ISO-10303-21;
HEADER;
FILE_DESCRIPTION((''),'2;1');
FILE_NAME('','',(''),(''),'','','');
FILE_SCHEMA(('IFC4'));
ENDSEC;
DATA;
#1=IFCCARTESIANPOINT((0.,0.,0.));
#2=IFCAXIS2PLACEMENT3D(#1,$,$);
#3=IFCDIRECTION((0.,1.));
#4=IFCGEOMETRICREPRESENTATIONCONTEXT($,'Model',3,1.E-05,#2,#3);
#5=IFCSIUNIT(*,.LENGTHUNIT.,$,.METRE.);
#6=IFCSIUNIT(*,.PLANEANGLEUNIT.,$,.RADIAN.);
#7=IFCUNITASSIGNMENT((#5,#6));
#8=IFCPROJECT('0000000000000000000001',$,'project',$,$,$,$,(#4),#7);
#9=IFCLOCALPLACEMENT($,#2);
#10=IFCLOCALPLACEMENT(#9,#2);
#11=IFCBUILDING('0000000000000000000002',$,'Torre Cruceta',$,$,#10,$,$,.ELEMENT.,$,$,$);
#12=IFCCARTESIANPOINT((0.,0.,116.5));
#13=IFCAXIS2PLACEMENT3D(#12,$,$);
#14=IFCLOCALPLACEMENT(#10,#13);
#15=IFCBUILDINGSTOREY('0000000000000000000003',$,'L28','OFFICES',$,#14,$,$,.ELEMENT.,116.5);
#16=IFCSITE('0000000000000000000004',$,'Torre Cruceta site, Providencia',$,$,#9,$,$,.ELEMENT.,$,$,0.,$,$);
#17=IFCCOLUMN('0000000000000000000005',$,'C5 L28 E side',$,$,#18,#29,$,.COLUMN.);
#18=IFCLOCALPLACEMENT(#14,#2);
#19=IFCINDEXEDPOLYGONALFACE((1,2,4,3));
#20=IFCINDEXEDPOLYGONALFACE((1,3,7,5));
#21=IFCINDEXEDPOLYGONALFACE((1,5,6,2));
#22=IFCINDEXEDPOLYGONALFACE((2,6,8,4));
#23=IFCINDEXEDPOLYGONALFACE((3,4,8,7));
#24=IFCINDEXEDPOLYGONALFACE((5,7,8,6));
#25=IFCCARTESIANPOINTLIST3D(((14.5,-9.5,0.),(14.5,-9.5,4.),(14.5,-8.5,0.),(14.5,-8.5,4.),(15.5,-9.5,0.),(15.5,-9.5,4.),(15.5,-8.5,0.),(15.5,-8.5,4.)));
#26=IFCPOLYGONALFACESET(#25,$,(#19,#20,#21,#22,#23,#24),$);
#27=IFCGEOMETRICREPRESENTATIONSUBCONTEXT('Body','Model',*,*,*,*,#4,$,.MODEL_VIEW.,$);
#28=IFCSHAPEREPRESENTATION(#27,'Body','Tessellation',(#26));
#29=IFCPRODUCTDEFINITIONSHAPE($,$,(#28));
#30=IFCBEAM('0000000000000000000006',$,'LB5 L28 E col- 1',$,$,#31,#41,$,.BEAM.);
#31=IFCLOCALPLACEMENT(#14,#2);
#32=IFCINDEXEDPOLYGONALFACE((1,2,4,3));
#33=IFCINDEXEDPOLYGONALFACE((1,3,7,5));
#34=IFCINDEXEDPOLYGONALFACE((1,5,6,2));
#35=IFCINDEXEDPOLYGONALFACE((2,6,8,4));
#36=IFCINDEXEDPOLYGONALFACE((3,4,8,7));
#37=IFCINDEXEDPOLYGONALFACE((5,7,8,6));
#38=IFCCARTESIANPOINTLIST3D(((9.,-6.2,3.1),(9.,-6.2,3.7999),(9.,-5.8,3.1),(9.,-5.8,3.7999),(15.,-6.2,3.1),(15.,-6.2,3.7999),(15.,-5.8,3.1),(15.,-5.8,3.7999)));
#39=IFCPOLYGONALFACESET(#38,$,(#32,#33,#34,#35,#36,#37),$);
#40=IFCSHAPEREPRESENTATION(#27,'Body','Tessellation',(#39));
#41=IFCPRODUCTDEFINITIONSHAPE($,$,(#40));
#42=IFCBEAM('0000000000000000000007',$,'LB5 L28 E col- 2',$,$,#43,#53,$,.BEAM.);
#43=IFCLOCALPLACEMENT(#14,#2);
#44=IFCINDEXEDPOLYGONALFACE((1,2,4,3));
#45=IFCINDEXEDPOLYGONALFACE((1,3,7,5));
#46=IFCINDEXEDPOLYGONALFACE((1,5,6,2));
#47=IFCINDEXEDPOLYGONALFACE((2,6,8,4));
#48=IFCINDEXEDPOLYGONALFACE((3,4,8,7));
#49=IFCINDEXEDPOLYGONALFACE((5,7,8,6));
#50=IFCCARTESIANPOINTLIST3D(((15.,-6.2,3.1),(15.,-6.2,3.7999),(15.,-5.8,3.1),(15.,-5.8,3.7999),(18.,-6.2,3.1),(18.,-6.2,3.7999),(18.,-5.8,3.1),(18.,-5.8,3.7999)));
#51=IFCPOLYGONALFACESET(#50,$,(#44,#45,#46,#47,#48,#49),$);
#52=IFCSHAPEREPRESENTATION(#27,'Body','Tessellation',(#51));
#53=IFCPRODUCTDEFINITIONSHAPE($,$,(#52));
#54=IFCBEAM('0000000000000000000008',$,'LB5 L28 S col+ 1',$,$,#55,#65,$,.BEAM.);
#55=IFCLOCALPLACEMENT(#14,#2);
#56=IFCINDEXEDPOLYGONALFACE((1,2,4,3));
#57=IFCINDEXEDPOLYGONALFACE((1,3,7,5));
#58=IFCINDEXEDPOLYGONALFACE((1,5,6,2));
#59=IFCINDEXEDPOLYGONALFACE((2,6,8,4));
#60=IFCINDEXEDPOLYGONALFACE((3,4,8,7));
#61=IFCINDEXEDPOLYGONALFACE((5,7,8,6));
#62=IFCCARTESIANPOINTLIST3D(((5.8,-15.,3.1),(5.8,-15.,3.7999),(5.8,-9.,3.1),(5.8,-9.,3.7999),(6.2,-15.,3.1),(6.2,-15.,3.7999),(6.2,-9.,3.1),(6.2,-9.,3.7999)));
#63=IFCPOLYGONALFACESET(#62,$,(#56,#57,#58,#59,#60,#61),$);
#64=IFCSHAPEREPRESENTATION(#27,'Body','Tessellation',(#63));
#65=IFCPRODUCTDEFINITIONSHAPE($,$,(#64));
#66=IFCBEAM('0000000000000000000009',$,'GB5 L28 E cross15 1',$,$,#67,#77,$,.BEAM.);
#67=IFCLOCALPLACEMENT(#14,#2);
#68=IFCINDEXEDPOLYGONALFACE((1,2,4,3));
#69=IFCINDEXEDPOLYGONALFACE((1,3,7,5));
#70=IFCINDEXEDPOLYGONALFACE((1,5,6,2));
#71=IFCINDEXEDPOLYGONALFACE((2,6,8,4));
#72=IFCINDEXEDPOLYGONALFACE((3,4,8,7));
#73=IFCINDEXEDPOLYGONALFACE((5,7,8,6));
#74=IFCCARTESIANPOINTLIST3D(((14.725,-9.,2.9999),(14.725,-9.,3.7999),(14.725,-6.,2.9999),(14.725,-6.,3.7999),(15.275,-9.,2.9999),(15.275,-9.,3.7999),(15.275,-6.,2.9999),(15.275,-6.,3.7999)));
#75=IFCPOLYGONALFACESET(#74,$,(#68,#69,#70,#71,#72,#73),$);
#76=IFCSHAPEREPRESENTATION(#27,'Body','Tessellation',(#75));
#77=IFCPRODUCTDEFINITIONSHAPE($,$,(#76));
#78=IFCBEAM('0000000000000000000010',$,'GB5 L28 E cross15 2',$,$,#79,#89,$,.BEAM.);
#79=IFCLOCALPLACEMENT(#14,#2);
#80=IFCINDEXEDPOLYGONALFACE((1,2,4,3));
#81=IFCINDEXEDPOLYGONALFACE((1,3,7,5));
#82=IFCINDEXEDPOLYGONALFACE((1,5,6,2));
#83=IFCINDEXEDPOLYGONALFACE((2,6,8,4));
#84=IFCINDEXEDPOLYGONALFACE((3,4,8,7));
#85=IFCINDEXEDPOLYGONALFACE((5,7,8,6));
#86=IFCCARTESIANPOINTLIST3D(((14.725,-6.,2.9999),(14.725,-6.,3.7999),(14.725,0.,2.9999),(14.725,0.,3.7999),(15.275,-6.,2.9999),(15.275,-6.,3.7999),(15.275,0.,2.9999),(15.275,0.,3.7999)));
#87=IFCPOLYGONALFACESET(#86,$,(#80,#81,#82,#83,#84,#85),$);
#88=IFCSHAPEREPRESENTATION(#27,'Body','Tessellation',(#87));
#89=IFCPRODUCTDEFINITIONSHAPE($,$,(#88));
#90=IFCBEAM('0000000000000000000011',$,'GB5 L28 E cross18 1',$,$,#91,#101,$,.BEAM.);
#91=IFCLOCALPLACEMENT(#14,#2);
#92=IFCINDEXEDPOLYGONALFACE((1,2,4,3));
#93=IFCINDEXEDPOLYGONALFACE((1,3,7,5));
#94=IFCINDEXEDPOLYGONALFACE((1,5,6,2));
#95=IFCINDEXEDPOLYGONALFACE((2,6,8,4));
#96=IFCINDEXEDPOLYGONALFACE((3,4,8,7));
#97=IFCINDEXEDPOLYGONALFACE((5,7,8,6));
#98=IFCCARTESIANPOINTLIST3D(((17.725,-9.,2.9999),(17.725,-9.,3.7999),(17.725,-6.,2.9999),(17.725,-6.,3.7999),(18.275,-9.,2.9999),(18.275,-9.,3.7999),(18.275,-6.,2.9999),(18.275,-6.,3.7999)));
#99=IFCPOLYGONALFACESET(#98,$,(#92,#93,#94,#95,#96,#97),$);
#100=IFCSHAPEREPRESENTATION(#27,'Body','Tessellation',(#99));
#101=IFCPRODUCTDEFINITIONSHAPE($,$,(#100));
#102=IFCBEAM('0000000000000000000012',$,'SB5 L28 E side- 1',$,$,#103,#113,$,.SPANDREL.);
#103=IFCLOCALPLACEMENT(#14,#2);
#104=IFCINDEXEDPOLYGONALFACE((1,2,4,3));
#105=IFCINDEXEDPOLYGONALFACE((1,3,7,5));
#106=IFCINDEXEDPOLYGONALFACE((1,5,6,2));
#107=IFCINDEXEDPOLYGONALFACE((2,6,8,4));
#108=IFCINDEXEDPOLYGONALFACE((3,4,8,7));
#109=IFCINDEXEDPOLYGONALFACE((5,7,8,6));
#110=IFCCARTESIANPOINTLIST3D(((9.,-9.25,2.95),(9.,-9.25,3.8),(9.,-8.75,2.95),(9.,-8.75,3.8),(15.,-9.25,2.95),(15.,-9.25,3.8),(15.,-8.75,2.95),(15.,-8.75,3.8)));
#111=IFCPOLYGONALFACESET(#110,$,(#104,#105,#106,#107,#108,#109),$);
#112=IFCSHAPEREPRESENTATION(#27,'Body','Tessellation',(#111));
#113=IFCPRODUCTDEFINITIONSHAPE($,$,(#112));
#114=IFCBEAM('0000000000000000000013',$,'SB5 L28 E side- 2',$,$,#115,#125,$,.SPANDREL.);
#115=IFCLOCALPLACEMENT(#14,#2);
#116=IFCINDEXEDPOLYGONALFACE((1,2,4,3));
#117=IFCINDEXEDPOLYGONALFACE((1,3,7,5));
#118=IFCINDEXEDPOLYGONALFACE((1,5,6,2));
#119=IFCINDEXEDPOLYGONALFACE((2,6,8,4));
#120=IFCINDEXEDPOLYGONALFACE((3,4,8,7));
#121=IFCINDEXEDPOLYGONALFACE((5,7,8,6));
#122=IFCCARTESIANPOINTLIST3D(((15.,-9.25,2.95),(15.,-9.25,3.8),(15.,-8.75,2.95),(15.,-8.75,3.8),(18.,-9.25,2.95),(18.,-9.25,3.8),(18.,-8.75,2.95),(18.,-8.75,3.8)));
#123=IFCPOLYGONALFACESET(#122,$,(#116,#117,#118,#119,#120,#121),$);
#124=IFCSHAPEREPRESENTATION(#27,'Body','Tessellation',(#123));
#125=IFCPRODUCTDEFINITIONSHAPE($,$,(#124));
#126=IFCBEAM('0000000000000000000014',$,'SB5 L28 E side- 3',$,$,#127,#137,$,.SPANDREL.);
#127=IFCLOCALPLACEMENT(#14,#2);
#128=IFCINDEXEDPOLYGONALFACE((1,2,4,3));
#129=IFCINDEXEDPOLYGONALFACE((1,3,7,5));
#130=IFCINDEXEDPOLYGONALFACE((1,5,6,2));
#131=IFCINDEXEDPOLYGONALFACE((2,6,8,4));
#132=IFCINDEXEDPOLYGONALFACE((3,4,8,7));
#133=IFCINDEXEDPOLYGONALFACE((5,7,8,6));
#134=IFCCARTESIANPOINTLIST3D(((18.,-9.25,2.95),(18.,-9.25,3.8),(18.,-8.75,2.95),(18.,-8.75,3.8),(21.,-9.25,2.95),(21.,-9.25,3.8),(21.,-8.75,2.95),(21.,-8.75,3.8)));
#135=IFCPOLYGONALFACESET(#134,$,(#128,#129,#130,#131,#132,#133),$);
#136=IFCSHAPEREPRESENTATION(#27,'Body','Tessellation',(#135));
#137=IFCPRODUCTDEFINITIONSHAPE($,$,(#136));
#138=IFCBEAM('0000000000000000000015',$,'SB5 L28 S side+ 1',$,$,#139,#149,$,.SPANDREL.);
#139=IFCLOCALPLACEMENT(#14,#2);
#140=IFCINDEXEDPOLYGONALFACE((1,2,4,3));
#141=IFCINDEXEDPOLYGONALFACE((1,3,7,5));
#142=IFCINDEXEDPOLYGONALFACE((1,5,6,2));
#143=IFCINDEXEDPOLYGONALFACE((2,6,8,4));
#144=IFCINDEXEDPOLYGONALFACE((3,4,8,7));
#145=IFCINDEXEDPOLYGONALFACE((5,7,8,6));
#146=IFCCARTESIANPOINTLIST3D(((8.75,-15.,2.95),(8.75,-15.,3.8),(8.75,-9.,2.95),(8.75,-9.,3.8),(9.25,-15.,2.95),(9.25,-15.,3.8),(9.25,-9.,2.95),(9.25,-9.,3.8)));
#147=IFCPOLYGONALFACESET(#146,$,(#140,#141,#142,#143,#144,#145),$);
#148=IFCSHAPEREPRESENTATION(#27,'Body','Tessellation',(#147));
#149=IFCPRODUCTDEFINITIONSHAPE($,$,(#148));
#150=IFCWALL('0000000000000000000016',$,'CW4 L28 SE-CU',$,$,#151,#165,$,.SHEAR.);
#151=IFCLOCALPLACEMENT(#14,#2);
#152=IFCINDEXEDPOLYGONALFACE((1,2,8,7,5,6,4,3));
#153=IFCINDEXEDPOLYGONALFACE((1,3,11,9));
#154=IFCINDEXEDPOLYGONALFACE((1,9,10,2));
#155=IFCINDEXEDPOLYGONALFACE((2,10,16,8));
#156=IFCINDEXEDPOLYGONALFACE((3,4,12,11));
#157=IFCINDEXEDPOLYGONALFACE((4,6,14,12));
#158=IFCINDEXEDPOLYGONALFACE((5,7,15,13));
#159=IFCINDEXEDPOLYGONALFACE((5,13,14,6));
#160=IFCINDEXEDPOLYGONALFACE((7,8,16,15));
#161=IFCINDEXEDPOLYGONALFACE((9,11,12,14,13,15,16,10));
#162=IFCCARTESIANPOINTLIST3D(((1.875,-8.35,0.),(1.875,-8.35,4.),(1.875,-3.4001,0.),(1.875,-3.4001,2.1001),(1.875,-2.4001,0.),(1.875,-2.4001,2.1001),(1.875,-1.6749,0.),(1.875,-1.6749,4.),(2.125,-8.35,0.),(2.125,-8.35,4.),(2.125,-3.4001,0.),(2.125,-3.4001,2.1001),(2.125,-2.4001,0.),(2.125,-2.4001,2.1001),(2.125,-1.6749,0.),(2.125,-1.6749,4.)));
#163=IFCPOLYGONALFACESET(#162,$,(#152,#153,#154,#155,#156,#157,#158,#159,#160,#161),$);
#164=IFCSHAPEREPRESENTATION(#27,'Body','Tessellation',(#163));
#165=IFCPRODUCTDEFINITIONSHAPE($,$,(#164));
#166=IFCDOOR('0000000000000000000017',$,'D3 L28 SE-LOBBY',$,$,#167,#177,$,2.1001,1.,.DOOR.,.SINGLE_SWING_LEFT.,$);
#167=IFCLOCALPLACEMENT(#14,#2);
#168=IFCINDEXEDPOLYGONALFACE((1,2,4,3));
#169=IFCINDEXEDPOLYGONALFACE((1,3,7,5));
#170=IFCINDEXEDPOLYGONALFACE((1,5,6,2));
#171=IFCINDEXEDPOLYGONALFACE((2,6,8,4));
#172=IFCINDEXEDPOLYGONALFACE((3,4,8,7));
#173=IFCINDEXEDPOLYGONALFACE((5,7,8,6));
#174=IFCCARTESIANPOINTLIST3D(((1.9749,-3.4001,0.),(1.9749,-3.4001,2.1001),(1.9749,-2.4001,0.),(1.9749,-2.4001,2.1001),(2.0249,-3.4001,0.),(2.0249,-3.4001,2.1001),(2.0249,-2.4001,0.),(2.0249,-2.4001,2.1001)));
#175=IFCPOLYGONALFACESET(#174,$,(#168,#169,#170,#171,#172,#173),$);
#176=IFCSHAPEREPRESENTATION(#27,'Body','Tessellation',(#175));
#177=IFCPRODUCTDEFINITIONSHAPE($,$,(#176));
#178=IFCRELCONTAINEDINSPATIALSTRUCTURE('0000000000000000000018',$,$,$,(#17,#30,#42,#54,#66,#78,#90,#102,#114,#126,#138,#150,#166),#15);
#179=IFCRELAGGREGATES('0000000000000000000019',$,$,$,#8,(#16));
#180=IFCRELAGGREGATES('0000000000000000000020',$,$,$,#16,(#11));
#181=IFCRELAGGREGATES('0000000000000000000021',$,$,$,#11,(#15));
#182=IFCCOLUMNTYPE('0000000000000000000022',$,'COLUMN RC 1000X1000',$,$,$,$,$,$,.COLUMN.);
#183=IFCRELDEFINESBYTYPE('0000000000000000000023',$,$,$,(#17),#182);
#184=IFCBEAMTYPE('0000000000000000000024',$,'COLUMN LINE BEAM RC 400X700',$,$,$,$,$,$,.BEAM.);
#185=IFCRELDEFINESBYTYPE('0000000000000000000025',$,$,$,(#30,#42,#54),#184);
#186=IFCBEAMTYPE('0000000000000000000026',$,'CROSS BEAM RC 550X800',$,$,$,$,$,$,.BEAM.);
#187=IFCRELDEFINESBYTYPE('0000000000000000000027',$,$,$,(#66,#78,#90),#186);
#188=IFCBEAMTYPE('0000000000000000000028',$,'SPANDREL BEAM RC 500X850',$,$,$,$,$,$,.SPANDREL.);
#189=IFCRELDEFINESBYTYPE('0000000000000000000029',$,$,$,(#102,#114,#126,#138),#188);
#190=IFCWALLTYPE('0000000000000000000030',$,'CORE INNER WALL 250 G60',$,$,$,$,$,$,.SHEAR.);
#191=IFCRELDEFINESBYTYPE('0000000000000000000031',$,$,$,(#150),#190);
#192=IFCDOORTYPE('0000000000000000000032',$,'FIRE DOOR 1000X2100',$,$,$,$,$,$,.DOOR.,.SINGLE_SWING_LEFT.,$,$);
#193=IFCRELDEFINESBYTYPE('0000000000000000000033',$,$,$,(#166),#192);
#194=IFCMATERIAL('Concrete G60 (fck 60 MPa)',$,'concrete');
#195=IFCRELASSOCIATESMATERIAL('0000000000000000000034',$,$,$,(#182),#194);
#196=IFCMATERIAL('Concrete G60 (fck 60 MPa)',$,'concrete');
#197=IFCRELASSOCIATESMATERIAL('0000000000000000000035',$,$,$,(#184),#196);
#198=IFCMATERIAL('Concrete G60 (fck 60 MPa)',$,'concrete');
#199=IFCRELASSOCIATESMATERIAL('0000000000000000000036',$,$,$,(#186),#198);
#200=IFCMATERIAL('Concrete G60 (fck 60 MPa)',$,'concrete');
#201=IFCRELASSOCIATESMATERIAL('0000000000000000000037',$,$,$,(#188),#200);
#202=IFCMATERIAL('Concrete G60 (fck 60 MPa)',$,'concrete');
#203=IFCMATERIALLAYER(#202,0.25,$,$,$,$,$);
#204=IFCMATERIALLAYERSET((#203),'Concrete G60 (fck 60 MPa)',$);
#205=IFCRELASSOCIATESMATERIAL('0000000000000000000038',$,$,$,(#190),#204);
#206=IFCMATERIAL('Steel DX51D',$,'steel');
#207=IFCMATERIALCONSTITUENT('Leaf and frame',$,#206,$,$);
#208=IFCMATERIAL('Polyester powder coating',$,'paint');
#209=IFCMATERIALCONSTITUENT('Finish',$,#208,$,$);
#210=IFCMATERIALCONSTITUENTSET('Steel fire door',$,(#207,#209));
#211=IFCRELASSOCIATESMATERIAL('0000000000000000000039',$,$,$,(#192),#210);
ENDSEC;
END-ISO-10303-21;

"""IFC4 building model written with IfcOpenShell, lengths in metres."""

from ifc_helpers import new_model, si_unit, direction, frame, frame_2d, origin, origin_2d, place, context, subcontext, project, spatial, rectangle, extrude, material, layer, layer_set, constituent, constituent_set, material_profile, profile_set, type_object, element, fill, save


model = new_model("IFC4")

# Units and contexts
model_context = context("Model", 3, precision=1e-05, world=origin(), true_north=direction((0.0, 1.0)))
body_context = subcontext(model_context, "Body", "Model", "MODEL_VIEW")
ifc_project = project(units=[si_unit("LENGTHUNIT", "METRE"), si_unit("PLANEANGLEUNIT", "RADIAN")], contexts=[model_context])

# Site, building, storey
site_placement = place(None, origin())
site = spatial("IfcSite", under=ifc_project, at=site_placement, Name="Torre Cruceta site, Providencia", CompositionType="ELEMENT", RefElevation=0.0)
building_placement = place(site_placement, origin())
building = spatial("IfcBuilding", under=site, at=building_placement, Name="Torre Cruceta", CompositionType="ELEMENT")
storey_placement = place(building_placement, frame((0.0, 0.0, 116.5)))
storey = spatial("IfcBuildingStorey", under=building, at=storey_placement, Name="L28", Description="OFFICES", CompositionType="ELEMENT", Elevation=116.5)

# Column
ifc_material_1 = material(Name="Concrete G60 (fck 60 MPa)", Category="concrete")
ifc_material_profile_1 = material_profile(ifc_material_1, rectangle(XDim=1.0, YDim=1.0, at=origin_2d()), Name="RC 1000X1000")
ifc_profile_set_1 = profile_set([ifc_material_profile_1], Name="Concrete G60 (fck 60 MPa)")
column_type = type_object("IfcColumnType", Name="COLUMN RC 1000X1000", PredefinedType="COLUMN", material=ifc_profile_set_1)
column_placement = place(storey_placement, frame((15.0, -9.0, 0.0), z_axis=(0.0, 0.0, 1.0), x_axis=(1.0, 0.0, 0.0)))
element("IfcColumn", 1, at=column_placement, inside=storey, type_object=column_type, Name="C5 L28 E side", PredefinedType="COLUMN", context=body_context, shape_type="SweptSolid", body=[
    extrude(rectangle(XDim=1.0, YDim=1.0, at=origin_2d()), origin(), (0.0, 0.0, 1.0), 4.0),
])

# Beams
ifc_material_2 = material(Name="Concrete G60 (fck 60 MPa)", Category="concrete")
ifc_material_profile_2 = material_profile(ifc_material_2, rectangle(XDim=0.3999, YDim=0.7, at=origin_2d()), Name="RC 400X700")
ifc_profile_set_2 = profile_set([ifc_material_profile_2], Name="Concrete G60 (fck 60 MPa)")
beam_type_1 = type_object("IfcBeamType", Name="COLUMN LINE BEAM RC 400X700", PredefinedType="BEAM", material=ifc_profile_set_2)
beam_1_placement = place(storey_placement, frame((9.0, -6.0, 3.45), z_axis=(1.0, 0.0, 0.0), x_axis=(0.0, 1.0, 0.0)))
element("IfcBeam", 2, at=beam_1_placement, inside=storey, type_object=beam_type_1, Name="LB5 L28 E col- 1", PredefinedType="BEAM", context=body_context, shape_type="SweptSolid", body=[
    extrude(rectangle(XDim=0.3999, YDim=0.7, at=origin_2d()), origin(), (0.0, 0.0, 1.0), 6.0),
])
beam_2_placement = place(storey_placement, frame((15.0, -6.0, 3.45), z_axis=(1.0, 0.0, 0.0), x_axis=(0.0, 1.0, 0.0)))
element("IfcBeam", 3, at=beam_2_placement, inside=storey, type_object=beam_type_1, Name="LB5 L28 E col- 2", PredefinedType="BEAM", context=body_context, shape_type="SweptSolid", body=[
    extrude(rectangle(XDim=0.3999, YDim=0.7, at=origin_2d()), origin(), (0.0, 0.0, 1.0), 3.0),
])
beam_3_placement = place(storey_placement, frame((6.0, -9.0, 3.45), z_axis=(0.0, -1.0, 0.0), x_axis=(1.0, 0.0, 0.0)))
element("IfcBeam", 4, at=beam_3_placement, inside=storey, type_object=beam_type_1, Name="LB5 L28 S col+ 1", PredefinedType="BEAM", context=body_context, shape_type="SweptSolid", body=[
    extrude(rectangle(XDim=0.3999, YDim=0.7, at=origin_2d()), origin(), (0.0, 0.0, 1.0), 6.0),
])
ifc_material_3 = material(Name="Concrete G60 (fck 60 MPa)", Category="concrete")
ifc_material_profile_3 = material_profile(ifc_material_3, rectangle(XDim=0.55, YDim=0.8, at=origin_2d()), Name="RC 550X800")
ifc_profile_set_3 = profile_set([ifc_material_profile_3], Name="Concrete G60 (fck 60 MPa)")
beam_type_2 = type_object("IfcBeamType", Name="CROSS BEAM RC 550X800", PredefinedType="BEAM", material=ifc_profile_set_3)
beam_4_placement = place(storey_placement, frame((15.0, -9.0, 3.3999), z_axis=(0.0, 1.0, 0.0), x_axis=(-1.0, 0.0, 0.0)))
element("IfcBeam", 5, at=beam_4_placement, inside=storey, type_object=beam_type_2, Name="GB5 L28 E cross15 1", PredefinedType="BEAM", context=body_context, shape_type="SweptSolid", body=[
    extrude(rectangle(XDim=0.55, YDim=0.8, at=origin_2d()), origin(), (0.0, 0.0, 1.0), 3.0),
])
beam_5_placement = place(storey_placement, frame((15.0, -6.0, 3.3999), z_axis=(0.0, 1.0, 0.0), x_axis=(-1.0, 0.0, 0.0)))
element("IfcBeam", 6, at=beam_5_placement, inside=storey, type_object=beam_type_2, Name="GB5 L28 E cross15 2", PredefinedType="BEAM", context=body_context, shape_type="SweptSolid", body=[
    extrude(rectangle(XDim=0.55, YDim=0.8, at=origin_2d()), origin(), (0.0, 0.0, 1.0), 6.0),
])
beam_6_placement = place(storey_placement, frame((18.0, -9.0, 3.3999), z_axis=(0.0, 1.0, 0.0), x_axis=(-1.0, 0.0, 0.0)))
element("IfcBeam", 7, at=beam_6_placement, inside=storey, type_object=beam_type_2, Name="GB5 L28 E cross18 1", PredefinedType="BEAM", context=body_context, shape_type="SweptSolid", body=[
    extrude(rectangle(XDim=0.55, YDim=0.8, at=origin_2d()), origin(), (0.0, 0.0, 1.0), 3.0),
])
ifc_material_4 = material(Name="Concrete G60 (fck 60 MPa)", Category="concrete")
ifc_material_profile_4 = material_profile(ifc_material_4, rectangle(XDim=0.5, YDim=0.8501, at=origin_2d()), Name="RC 500X850")
ifc_profile_set_4 = profile_set([ifc_material_profile_4], Name="Concrete G60 (fck 60 MPa)")
beam_type_3 = type_object("IfcBeamType", Name="SPANDREL BEAM RC 500X850", PredefinedType="SPANDREL", material=ifc_profile_set_4)
beam_7_placement = place(storey_placement, frame((9.0, -9.0, 3.375), z_axis=(1.0, 0.0, 0.0), x_axis=(0.0, 1.0, 0.0)))
element("IfcBeam", 8, at=beam_7_placement, inside=storey, type_object=beam_type_3, Name="SB5 L28 E side- 1", PredefinedType="SPANDREL", context=body_context, shape_type="SweptSolid", body=[
    extrude(rectangle(XDim=0.5, YDim=0.8501, at=origin_2d()), origin(), (0.0, 0.0, 1.0), 6.0),
])
for number, where, z_axis, x_axis, name in (
    (9, (15.0, -9.0, 3.375), (1.0, 0.0, 0.0), (0.0, 1.0, 0.0), "SB5 L28 E side- 2"),
    (10, (18.0, -9.0, 3.375), (1.0, 0.0, 0.0), (0.0, 1.0, 0.0), "SB5 L28 E side- 3"),
):
    element("IfcBeam", number, at=place(storey_placement, frame(where, z_axis=z_axis, x_axis=x_axis)), inside=storey, type_object=beam_type_3, Name=name, PredefinedType="SPANDREL", context=body_context, shape_type="SweptSolid", body=[
        extrude(rectangle(XDim=0.5, YDim=0.8501, at=origin_2d()), origin(), (0.0, 0.0, 1.0), 3.0),
    ])
beam_8_placement = place(storey_placement, frame((9.0, -9.0, 3.375), z_axis=(0.0, -1.0, 0.0), x_axis=(1.0, 0.0, 0.0)))
element("IfcBeam", 11, at=beam_8_placement, inside=storey, type_object=beam_type_3, Name="SB5 L28 S side+ 1", PredefinedType="SPANDREL", context=body_context, shape_type="SweptSolid", body=[
    extrude(rectangle(XDim=0.5, YDim=0.8501, at=origin_2d()), origin(), (0.0, 0.0, 1.0), 6.0),
])

# Wall, opening, door
ifc_material_5 = material(Name="Concrete G60 (fck 60 MPa)", Category="concrete")
ifc_layer_1 = layer(ifc_material_5, 0.25)
ifc_layer_set_1 = layer_set([ifc_layer_1], Name="Concrete G60 (fck 60 MPa)")
wall_type_1 = type_object("IfcWallType", Name="CORE INNER WALL 250 G60", PredefinedType="SHEAR", material=ifc_layer_set_1)
wall_1_placement = place(storey_placement, frame((2.0, -1.675, 0.0), z_axis=(0.0, 0.0, 1.0), x_axis=(0.0, -1.0, 0.0)))
wall_1 = element("IfcWall", 12, at=wall_1_placement, inside=storey, type_object=wall_type_1, Name="CW4 L28 SE-CU", PredefinedType="SHEAR", context=body_context, shape_type="SweptSolid", body=[
    extrude(rectangle(XDim=6.675, YDim=0.25, at=frame_2d((3.3374, 0.0))), origin(), (0.0, 0.0, 1.0), 4.0),
])
opening_1_placement = place(wall_1_placement, frame((0.7251, 0.0, 0.0)))
opening_1 = element("IfcOpeningElement", 13, at=opening_1_placement, cuts=wall_1, PredefinedType="OPENING", context=body_context, shape_type="SweptSolid", body=[
    extrude(rectangle(XDim=1.0, YDim=2.1001, at=frame_2d((0.5, 1.05))), frame((0.0, 0.135, 0.0), z_axis=(0.0, -1.0, 0.0), x_axis=(1.0, 0.0, 0.0)), (0.0, 0.0, 1.0), 0.27),
])
ifc_material_6 = material(Name="Steel DX51D", Category="steel")
ifc_constituent_1 = constituent(ifc_material_6, Name="Leaf and frame")
ifc_material_7 = material(Name="Polyester powder coating", Category="paint")
ifc_constituent_2 = constituent(ifc_material_7, Name="Finish")
ifc_constituent_set_1 = constituent_set(constituents=[ifc_constituent_1, ifc_constituent_2], Name="Steel fire door")
door_type_1 = type_object("IfcDoorType", Name="FIRE DOOR 1000X2100", OperationType="SINGLE_SWING_LEFT", PredefinedType="DOOR", material=ifc_constituent_set_1)
door_1_placement = place(opening_1_placement, origin())
door_1 = element("IfcDoor", 14, at=door_1_placement, inside=storey, type_object=door_type_1, Name="D3 L28 SE-LOBBY", OperationType="SINGLE_SWING_LEFT", OverallHeight=2.1001, OverallWidth=1.0, PredefinedType="DOOR", context=body_context, shape_type="SweptSolid", body=[
    extrude(rectangle(XDim=1.0, YDim=2.1001, at=frame_2d((0.5, 1.05))), frame((0.0, 0.0249, 0.0), z_axis=(0.0, -1.0, 0.0), x_axis=(1.0, 0.0, 0.0)), (0.0, 0.0, 1.0), 0.05),
])
fill(opening_1, door_1)

save(model, "model.ifc")
